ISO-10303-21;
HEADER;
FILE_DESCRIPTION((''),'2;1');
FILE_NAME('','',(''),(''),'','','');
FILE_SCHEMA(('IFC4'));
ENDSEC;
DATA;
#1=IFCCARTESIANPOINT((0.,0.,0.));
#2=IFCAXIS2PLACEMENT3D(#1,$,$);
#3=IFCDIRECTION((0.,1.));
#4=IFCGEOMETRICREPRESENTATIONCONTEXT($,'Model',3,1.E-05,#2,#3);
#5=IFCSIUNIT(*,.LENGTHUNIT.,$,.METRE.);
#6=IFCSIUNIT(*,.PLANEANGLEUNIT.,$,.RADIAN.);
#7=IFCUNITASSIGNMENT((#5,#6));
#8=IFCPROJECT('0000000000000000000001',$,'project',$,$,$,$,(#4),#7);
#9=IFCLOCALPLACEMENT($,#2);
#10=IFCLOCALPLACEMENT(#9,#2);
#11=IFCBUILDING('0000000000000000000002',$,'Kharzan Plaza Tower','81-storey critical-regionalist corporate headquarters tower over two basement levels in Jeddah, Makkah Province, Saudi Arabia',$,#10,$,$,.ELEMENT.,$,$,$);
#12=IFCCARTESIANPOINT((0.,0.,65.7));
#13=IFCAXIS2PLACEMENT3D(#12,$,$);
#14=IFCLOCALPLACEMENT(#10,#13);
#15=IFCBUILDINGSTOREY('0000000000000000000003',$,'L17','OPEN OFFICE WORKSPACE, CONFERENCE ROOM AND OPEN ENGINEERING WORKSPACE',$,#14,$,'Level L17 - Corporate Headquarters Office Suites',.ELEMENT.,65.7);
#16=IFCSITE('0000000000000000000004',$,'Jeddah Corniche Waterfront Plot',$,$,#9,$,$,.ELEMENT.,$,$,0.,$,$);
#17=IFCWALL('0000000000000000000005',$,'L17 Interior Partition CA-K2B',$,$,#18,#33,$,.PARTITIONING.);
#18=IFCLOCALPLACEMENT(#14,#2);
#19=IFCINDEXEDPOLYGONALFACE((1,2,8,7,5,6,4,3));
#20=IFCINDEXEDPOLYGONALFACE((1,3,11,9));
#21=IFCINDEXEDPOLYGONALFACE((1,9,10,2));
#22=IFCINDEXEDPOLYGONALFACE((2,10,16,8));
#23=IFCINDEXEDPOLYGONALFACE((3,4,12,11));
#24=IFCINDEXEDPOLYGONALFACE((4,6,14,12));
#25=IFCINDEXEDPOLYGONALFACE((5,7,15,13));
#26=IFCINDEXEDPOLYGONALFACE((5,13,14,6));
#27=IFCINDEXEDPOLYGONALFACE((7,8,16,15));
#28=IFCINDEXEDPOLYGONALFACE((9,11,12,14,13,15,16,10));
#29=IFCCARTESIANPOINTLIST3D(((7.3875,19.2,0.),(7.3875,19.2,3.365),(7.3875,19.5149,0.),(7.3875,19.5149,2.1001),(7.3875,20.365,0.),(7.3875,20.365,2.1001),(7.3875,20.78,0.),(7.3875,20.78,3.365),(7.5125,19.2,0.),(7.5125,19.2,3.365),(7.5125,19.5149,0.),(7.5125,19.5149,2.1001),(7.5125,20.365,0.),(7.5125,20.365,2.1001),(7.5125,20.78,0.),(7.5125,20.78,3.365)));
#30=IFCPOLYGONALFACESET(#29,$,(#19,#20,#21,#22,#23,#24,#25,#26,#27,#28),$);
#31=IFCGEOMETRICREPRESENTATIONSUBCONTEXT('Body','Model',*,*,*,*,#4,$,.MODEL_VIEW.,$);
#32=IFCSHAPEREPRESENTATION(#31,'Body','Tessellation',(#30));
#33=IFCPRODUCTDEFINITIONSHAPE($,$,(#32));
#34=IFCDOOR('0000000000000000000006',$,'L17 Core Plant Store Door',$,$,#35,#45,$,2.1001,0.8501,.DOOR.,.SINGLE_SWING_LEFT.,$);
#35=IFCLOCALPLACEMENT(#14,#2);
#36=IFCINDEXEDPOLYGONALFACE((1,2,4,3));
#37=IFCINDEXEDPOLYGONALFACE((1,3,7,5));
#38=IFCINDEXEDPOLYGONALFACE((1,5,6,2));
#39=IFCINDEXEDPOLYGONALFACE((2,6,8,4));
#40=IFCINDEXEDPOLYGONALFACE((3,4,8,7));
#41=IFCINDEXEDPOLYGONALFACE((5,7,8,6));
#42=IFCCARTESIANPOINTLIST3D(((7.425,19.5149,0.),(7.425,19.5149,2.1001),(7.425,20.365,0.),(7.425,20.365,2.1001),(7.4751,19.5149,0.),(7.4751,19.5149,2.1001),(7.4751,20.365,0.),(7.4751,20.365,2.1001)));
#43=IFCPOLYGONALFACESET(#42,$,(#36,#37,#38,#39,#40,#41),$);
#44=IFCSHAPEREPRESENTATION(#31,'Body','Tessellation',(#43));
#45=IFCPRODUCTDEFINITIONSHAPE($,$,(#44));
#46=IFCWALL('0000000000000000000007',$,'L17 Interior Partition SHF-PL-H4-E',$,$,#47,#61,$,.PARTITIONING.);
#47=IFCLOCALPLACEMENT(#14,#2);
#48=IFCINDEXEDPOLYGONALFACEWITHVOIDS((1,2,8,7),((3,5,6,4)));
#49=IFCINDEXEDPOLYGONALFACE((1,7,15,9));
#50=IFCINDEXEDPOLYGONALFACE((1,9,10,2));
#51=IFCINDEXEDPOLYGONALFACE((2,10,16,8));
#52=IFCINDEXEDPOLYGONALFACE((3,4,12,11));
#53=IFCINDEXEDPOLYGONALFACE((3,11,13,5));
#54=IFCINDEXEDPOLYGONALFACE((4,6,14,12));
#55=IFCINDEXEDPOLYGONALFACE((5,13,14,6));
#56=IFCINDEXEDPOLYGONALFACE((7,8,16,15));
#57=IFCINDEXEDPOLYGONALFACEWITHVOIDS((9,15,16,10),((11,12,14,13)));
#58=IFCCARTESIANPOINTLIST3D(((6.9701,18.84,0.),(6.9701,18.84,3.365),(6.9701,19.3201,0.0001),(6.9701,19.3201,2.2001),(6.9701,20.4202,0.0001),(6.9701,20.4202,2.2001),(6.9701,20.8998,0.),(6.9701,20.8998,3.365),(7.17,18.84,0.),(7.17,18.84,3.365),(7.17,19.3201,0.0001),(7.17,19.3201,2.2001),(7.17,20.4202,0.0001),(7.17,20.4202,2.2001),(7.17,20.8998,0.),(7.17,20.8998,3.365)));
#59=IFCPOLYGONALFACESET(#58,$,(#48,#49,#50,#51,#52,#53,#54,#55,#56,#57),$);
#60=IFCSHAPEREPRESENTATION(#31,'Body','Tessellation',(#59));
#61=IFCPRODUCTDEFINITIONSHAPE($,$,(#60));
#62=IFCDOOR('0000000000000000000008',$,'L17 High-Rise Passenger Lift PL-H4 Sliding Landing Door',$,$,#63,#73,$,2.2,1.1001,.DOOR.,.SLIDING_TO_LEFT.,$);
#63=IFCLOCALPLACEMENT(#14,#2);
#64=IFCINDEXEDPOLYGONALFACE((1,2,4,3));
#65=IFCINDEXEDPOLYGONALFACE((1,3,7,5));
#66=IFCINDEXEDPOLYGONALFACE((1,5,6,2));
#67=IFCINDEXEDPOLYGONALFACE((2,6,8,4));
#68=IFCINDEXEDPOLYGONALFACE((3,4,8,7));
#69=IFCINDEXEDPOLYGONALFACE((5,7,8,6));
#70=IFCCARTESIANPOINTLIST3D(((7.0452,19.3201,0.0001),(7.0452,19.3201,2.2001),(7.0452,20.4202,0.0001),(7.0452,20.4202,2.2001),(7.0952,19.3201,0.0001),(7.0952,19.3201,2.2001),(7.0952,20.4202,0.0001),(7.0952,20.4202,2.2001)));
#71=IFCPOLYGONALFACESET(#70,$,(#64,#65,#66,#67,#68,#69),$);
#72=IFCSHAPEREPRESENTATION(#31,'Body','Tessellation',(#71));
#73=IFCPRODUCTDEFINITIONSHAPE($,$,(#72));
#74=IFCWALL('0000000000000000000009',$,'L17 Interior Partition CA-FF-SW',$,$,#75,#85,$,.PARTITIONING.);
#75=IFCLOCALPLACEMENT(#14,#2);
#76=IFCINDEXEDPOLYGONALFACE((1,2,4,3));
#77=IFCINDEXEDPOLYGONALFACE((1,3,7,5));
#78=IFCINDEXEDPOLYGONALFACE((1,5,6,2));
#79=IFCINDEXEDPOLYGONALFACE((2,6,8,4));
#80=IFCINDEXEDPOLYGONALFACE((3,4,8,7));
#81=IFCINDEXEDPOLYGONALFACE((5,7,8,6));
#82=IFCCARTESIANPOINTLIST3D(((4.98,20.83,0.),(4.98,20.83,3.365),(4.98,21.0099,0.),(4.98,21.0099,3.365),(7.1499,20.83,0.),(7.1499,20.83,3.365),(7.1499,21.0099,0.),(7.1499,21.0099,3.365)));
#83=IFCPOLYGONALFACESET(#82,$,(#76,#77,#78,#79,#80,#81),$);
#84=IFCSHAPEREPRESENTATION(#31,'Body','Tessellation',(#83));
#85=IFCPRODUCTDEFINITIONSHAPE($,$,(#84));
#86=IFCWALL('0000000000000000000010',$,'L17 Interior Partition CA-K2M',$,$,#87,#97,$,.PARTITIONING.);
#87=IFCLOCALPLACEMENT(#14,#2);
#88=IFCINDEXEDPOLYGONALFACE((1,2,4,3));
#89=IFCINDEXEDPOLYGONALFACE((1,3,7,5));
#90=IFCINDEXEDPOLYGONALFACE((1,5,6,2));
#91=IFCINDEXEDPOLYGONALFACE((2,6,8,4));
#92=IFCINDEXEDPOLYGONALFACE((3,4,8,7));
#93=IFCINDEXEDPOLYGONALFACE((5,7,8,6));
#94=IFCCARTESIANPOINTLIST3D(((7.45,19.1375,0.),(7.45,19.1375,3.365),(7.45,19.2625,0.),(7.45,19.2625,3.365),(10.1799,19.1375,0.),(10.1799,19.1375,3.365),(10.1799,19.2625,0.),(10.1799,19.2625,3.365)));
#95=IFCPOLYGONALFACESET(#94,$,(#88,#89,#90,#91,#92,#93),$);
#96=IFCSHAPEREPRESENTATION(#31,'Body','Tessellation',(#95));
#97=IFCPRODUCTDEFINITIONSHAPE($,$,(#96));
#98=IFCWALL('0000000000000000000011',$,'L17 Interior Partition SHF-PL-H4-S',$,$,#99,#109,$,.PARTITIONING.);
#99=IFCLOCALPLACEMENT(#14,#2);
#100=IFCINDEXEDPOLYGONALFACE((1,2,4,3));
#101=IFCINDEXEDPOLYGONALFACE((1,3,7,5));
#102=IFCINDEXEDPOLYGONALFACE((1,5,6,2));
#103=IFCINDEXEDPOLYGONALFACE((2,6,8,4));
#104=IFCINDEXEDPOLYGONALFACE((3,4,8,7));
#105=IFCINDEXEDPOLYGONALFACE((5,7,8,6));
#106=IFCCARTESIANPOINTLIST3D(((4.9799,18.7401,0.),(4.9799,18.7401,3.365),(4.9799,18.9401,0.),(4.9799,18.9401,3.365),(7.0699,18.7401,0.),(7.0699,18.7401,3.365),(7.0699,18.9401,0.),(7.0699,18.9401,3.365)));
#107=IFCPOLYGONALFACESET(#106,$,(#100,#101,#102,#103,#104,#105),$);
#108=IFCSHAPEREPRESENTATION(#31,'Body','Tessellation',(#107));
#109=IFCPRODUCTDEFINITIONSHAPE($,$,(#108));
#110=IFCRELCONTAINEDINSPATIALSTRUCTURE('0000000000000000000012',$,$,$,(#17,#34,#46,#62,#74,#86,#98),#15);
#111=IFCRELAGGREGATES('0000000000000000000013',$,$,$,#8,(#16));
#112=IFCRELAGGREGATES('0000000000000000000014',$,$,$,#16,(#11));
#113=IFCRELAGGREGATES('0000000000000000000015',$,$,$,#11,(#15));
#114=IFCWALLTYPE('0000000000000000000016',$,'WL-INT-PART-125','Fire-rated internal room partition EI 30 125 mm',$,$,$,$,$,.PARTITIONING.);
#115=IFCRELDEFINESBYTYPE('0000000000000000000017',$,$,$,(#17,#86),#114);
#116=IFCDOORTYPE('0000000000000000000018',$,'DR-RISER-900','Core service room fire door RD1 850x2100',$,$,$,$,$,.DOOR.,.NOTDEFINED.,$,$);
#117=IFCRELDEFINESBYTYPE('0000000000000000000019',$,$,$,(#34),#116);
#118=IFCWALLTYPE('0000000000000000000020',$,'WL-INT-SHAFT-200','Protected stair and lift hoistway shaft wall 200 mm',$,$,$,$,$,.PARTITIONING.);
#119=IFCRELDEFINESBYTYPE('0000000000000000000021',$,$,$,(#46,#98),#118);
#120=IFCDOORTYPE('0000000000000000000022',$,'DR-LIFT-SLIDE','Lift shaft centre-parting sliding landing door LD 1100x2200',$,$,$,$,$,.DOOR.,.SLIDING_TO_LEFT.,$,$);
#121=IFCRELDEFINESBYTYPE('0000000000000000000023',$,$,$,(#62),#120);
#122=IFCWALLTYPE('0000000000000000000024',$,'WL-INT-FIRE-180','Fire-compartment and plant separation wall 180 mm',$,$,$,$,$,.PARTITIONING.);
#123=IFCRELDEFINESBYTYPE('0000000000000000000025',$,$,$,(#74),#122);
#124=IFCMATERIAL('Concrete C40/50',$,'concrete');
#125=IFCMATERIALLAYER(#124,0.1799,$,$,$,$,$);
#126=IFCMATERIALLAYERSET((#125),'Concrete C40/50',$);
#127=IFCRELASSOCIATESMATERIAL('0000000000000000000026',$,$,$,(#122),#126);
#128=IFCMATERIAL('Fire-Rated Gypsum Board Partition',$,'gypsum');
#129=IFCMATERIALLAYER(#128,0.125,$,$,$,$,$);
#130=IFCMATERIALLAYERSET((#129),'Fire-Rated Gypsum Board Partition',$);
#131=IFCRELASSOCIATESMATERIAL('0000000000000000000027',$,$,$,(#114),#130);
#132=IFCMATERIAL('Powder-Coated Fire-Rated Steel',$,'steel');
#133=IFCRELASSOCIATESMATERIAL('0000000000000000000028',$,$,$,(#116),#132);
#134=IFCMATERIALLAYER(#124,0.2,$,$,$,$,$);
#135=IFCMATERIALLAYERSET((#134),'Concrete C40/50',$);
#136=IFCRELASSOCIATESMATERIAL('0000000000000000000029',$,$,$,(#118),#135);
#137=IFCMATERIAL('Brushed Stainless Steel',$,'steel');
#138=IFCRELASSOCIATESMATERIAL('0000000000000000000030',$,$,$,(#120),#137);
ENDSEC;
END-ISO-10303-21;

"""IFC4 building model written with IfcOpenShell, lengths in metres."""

from ifc_helpers import new_model, si_unit, direction, frame, frame_2d, origin, place, context, subcontext, project, spatial, rectangle, extrude, source, transform, mapped, material, layer, layer_set, type_object, element, fill, save


model = new_model("IFC4")

# Units and contexts
model_context = context("Model", 3, precision=1e-05, world=origin(), true_north=direction((0.0, 1.0)))
body_context = subcontext(model_context, "Body", "Model", "MODEL_VIEW")
ifc_project = project(units=[si_unit("LENGTHUNIT", "METRE"), si_unit("PLANEANGLEUNIT", "RADIAN")], contexts=[model_context])

# Site, building, storey
site_placement = place(None, origin())
site = spatial("IfcSite", under=ifc_project, at=site_placement, Name="Jeddah Corniche Waterfront Plot", CompositionType="ELEMENT", RefElevation=0.0)
building_placement = place(site_placement, origin())
building = spatial("IfcBuilding", under=site, at=building_placement, Name="Kharzan Plaza Tower", Description="81-storey critical-regionalist corporate headquarters tower over two basement levels in Jeddah, Makkah Province, Saudi Arabia", CompositionType="ELEMENT")
storey_placement = place(building_placement, frame((0.0, 0.0, 65.7)))
storey = spatial("IfcBuildingStorey", under=building, at=storey_placement, Name="L17", Description="OPEN OFFICE WORKSPACE, CONFERENCE ROOM AND OPEN ENGINEERING WORKSPACE", LongName="Level L17 - Corporate Headquarters Office Suites", CompositionType="ELEMENT", Elevation=65.7)

# Shared definitions
ifc_material_1 = material(Name="Concrete C40/50", Category="concrete")

# Walls, openings, doors
ifc_layer_1 = layer(ifc_material_1, 0.1799)
ifc_layer_set_1 = layer_set([ifc_layer_1], Name="Concrete C40/50")
wall_type_1 = type_object("IfcWallType", Name="WL-INT-FIRE-180", Description="Fire-compartment and plant separation wall 180 mm", PredefinedType="PARTITIONING", material=ifc_layer_set_1)
ifc_material_2 = material(Name="Fire-Rated Gypsum Board Partition", Category="gypsum")
ifc_layer_2 = layer(ifc_material_2, 0.125)
ifc_layer_set_2 = layer_set([ifc_layer_2], Name="Fire-Rated Gypsum Board Partition")
wall_type_2 = type_object("IfcWallType", Name="WL-INT-PART-125", Description="Fire-rated internal room partition EI 30 125 mm", PredefinedType="PARTITIONING", material=ifc_layer_set_2)
wall_1_placement = place(storey_placement, frame((7.45, 19.2, 0.0), z_axis=(0.0, 0.0, 1.0), x_axis=(0.0, 1.0, 0.0)))
wall_1 = element("IfcWall", 1, at=wall_1_placement, inside=storey, type_object=wall_type_2, Name="L17 Interior Partition CA-K2B", PredefinedType="PARTITIONING", context=body_context, shape_type="SweptSolid", body=[
    extrude(rectangle(XDim=1.5801, YDim=0.125, at=frame_2d((0.79, 0.0))), origin(), (0.0, 0.0, 1.0), 3.365),
])
opening_1_placement = place(wall_1_placement, frame((0.3149, 0.0, 0.0)))
opening_1 = element("IfcOpeningElement", 2, at=opening_1_placement, cuts=wall_1, PredefinedType="OPENING", context=body_context, shape_type="SweptSolid", body=[
    extrude(rectangle(XDim=0.8501, YDim=2.1001, at=frame_2d((0.425, 1.05))), frame((0.0, 0.0725, 0.0), z_axis=(0.0, -1.0, 0.0), x_axis=(1.0, 0.0, 0.0)), (0.0, 0.0, 1.0), 0.145),
])
ifc_material_3 = material(Name="Powder-Coated Fire-Rated Steel", Category="steel")
door_type_1 = type_object("IfcDoorType", Name="DR-RISER-900", Description="Core service room fire door RD1 850x2100", OperationType="NOTDEFINED", PredefinedType="DOOR", material=ifc_material_3)
shared_shape_1 = source(origin(), body_context, "Body", "SweptSolid", [
    extrude(rectangle(XDim=0.8501, YDim=2.1001, at=frame_2d((0.425, 1.05))), frame((0.0, 0.0249, 0.0), z_axis=(0.0, -1.0, 0.0), x_axis=(1.0, 0.0, 0.0)), (0.0, 0.0, 1.0), 0.05),
])
door_1_placement = place(opening_1_placement, origin())
door_1 = element("IfcDoor", 3, at=door_1_placement, inside=storey, type_object=door_type_1, Name="L17 Core Plant Store Door", OperationType="SINGLE_SWING_LEFT", OverallHeight=2.1001, OverallWidth=0.8501, PredefinedType="DOOR", context=body_context, shape_type="MappedRepresentation", body=[
    mapped(shared_shape_1, transform((0.0, 0.0, 0.0), x_axis=(1.0, 0.0, 0.0), y_axis=(0.0, 1.0, 0.0), z_axis=(0.0, 0.0, 1.0))),
])
fill(opening_1, door_1)
ifc_layer_3 = layer(ifc_material_1, 0.2)
ifc_layer_set_3 = layer_set([ifc_layer_3], Name="Concrete C40/50")
wall_type_3 = type_object("IfcWallType", Name="WL-INT-SHAFT-200", Description="Protected stair and lift hoistway shaft wall 200 mm", PredefinedType="PARTITIONING", material=ifc_layer_set_3)
wall_2_placement = place(storey_placement, frame((7.0701, 18.8401, 0.0), z_axis=(0.0, 0.0, 1.0), x_axis=(0.0, 1.0, 0.0)))
wall_2 = element("IfcWall", 4, at=wall_2_placement, inside=storey, type_object=wall_type_3, Name="L17 Interior Partition SHF-PL-H4-E", PredefinedType="PARTITIONING", context=body_context, shape_type="SweptSolid", body=[
    extrude(rectangle(XDim=2.0598, YDim=0.2, at=frame_2d((1.0298, 0.0))), origin(), (0.0, 0.0, 1.0), 3.365),
])
opening_2_placement = place(wall_2_placement, frame((0.48, 0.0, 0.0)))
opening_2 = element("IfcOpeningElement", 5, at=opening_2_placement, cuts=wall_2, PredefinedType="OPENING", context=body_context, shape_type="SweptSolid", body=[
    extrude(rectangle(XDim=1.1001, YDim=2.2, at=frame_2d((0.55, 1.1001))), frame((0.0, 0.1099, 0.0), z_axis=(0.0, -1.0, 0.0), x_axis=(1.0, 0.0, 0.0)), (0.0, 0.0, 1.0), 0.22),
])
ifc_material_4 = material(Name="Brushed Stainless Steel", Category="steel")
door_type_2 = type_object("IfcDoorType", Name="DR-LIFT-SLIDE", Description="Lift shaft centre-parting sliding landing door LD 1100x2200", OperationType="SLIDING_TO_LEFT", PredefinedType="DOOR", material=ifc_material_4)
shared_shape_2 = source(origin(), body_context, "Body", "SweptSolid", [
    extrude(rectangle(XDim=1.1001, YDim=2.2, at=frame_2d((0.55, 1.1001))), frame((0.0, 0.0249, 0.0), z_axis=(0.0, -1.0, 0.0), x_axis=(1.0, 0.0, 0.0)), (0.0, 0.0, 1.0), 0.05),
])
door_2_placement = place(opening_2_placement, origin())
door_2 = element("IfcDoor", 6, at=door_2_placement, inside=storey, type_object=door_type_2, Name="L17 High-Rise Passenger Lift PL-H4 Sliding Landing Door", OperationType="SLIDING_TO_LEFT", OverallHeight=2.2, OverallWidth=1.1001, PredefinedType="DOOR", context=body_context, shape_type="MappedRepresentation", body=[
    mapped(shared_shape_2, transform((0.0, 0.0, 0.0), x_axis=(1.0, 0.0, 0.0), y_axis=(0.0, 1.0, 0.0), z_axis=(0.0, 0.0, 1.0))),
])
fill(opening_2, door_2)

# Walls
shared_shape_3 = source(origin(), body_context, "Body", "SweptSolid", [
    extrude(rectangle(XDim=2.1699, YDim=0.1799, at=frame_2d((1.085, 0.0))), origin(), (0.0, 0.0, 1.0), 3.365),
])
wall_3_placement = place(storey_placement, frame((4.98, 20.9199, 0.0), z_axis=(0.0, 0.0, 1.0), x_axis=(1.0, 0.0, 0.0)))
element("IfcWall", 7, at=wall_3_placement, inside=storey, type_object=wall_type_1, Name="L17 Interior Partition CA-FF-SW", PredefinedType="PARTITIONING", context=body_context, shape_type="MappedRepresentation", body=[
    mapped(shared_shape_3, transform((0.0, 0.0, 0.0), x_axis=(1.0, 0.0, 0.0), y_axis=(0.0, 1.0, 0.0), z_axis=(0.0, 0.0, 1.0))),
])
shared_shape_4 = source(origin(), body_context, "Body", "SweptSolid", [
    extrude(rectangle(XDim=2.73, YDim=0.125, at=frame_2d((1.365, 0.0))), origin(), (0.0, 0.0, 1.0), 3.365),
])
wall_4_placement = place(storey_placement, frame((7.45, 19.2, 0.0), z_axis=(0.0, 0.0, 1.0), x_axis=(1.0, 0.0, 0.0)))
element("IfcWall", 8, at=wall_4_placement, inside=storey, type_object=wall_type_2, Name="L17 Interior Partition CA-K2M", PredefinedType="PARTITIONING", context=body_context, shape_type="MappedRepresentation", body=[
    mapped(shared_shape_4, transform((0.0, 0.0, 0.0), x_axis=(1.0, 0.0, 0.0), y_axis=(0.0, 1.0, 0.0), z_axis=(0.0, 0.0, 1.0))),
])
shared_shape_5 = source(origin(), body_context, "Body", "SweptSolid", [
    extrude(rectangle(XDim=2.0901, YDim=0.2, at=frame_2d((1.0449, 0.0))), origin(), (0.0, 0.0, 1.0), 3.365),
])
wall_5_placement = place(storey_placement, frame((4.98, 18.8401, 0.0), z_axis=(0.0, 0.0, 1.0), x_axis=(1.0, 0.0, 0.0)))
element("IfcWall", 9, at=wall_5_placement, inside=storey, type_object=wall_type_3, Name="L17 Interior Partition SHF-PL-H4-S", PredefinedType="PARTITIONING", context=body_context, shape_type="MappedRepresentation", body=[
    mapped(shared_shape_5, transform((0.0, 0.0, 0.0), x_axis=(1.0, 0.0, 0.0), y_axis=(0.0, 1.0, 0.0), z_axis=(0.0, 0.0, 1.0))),
])

save(model, "model.ifc")
